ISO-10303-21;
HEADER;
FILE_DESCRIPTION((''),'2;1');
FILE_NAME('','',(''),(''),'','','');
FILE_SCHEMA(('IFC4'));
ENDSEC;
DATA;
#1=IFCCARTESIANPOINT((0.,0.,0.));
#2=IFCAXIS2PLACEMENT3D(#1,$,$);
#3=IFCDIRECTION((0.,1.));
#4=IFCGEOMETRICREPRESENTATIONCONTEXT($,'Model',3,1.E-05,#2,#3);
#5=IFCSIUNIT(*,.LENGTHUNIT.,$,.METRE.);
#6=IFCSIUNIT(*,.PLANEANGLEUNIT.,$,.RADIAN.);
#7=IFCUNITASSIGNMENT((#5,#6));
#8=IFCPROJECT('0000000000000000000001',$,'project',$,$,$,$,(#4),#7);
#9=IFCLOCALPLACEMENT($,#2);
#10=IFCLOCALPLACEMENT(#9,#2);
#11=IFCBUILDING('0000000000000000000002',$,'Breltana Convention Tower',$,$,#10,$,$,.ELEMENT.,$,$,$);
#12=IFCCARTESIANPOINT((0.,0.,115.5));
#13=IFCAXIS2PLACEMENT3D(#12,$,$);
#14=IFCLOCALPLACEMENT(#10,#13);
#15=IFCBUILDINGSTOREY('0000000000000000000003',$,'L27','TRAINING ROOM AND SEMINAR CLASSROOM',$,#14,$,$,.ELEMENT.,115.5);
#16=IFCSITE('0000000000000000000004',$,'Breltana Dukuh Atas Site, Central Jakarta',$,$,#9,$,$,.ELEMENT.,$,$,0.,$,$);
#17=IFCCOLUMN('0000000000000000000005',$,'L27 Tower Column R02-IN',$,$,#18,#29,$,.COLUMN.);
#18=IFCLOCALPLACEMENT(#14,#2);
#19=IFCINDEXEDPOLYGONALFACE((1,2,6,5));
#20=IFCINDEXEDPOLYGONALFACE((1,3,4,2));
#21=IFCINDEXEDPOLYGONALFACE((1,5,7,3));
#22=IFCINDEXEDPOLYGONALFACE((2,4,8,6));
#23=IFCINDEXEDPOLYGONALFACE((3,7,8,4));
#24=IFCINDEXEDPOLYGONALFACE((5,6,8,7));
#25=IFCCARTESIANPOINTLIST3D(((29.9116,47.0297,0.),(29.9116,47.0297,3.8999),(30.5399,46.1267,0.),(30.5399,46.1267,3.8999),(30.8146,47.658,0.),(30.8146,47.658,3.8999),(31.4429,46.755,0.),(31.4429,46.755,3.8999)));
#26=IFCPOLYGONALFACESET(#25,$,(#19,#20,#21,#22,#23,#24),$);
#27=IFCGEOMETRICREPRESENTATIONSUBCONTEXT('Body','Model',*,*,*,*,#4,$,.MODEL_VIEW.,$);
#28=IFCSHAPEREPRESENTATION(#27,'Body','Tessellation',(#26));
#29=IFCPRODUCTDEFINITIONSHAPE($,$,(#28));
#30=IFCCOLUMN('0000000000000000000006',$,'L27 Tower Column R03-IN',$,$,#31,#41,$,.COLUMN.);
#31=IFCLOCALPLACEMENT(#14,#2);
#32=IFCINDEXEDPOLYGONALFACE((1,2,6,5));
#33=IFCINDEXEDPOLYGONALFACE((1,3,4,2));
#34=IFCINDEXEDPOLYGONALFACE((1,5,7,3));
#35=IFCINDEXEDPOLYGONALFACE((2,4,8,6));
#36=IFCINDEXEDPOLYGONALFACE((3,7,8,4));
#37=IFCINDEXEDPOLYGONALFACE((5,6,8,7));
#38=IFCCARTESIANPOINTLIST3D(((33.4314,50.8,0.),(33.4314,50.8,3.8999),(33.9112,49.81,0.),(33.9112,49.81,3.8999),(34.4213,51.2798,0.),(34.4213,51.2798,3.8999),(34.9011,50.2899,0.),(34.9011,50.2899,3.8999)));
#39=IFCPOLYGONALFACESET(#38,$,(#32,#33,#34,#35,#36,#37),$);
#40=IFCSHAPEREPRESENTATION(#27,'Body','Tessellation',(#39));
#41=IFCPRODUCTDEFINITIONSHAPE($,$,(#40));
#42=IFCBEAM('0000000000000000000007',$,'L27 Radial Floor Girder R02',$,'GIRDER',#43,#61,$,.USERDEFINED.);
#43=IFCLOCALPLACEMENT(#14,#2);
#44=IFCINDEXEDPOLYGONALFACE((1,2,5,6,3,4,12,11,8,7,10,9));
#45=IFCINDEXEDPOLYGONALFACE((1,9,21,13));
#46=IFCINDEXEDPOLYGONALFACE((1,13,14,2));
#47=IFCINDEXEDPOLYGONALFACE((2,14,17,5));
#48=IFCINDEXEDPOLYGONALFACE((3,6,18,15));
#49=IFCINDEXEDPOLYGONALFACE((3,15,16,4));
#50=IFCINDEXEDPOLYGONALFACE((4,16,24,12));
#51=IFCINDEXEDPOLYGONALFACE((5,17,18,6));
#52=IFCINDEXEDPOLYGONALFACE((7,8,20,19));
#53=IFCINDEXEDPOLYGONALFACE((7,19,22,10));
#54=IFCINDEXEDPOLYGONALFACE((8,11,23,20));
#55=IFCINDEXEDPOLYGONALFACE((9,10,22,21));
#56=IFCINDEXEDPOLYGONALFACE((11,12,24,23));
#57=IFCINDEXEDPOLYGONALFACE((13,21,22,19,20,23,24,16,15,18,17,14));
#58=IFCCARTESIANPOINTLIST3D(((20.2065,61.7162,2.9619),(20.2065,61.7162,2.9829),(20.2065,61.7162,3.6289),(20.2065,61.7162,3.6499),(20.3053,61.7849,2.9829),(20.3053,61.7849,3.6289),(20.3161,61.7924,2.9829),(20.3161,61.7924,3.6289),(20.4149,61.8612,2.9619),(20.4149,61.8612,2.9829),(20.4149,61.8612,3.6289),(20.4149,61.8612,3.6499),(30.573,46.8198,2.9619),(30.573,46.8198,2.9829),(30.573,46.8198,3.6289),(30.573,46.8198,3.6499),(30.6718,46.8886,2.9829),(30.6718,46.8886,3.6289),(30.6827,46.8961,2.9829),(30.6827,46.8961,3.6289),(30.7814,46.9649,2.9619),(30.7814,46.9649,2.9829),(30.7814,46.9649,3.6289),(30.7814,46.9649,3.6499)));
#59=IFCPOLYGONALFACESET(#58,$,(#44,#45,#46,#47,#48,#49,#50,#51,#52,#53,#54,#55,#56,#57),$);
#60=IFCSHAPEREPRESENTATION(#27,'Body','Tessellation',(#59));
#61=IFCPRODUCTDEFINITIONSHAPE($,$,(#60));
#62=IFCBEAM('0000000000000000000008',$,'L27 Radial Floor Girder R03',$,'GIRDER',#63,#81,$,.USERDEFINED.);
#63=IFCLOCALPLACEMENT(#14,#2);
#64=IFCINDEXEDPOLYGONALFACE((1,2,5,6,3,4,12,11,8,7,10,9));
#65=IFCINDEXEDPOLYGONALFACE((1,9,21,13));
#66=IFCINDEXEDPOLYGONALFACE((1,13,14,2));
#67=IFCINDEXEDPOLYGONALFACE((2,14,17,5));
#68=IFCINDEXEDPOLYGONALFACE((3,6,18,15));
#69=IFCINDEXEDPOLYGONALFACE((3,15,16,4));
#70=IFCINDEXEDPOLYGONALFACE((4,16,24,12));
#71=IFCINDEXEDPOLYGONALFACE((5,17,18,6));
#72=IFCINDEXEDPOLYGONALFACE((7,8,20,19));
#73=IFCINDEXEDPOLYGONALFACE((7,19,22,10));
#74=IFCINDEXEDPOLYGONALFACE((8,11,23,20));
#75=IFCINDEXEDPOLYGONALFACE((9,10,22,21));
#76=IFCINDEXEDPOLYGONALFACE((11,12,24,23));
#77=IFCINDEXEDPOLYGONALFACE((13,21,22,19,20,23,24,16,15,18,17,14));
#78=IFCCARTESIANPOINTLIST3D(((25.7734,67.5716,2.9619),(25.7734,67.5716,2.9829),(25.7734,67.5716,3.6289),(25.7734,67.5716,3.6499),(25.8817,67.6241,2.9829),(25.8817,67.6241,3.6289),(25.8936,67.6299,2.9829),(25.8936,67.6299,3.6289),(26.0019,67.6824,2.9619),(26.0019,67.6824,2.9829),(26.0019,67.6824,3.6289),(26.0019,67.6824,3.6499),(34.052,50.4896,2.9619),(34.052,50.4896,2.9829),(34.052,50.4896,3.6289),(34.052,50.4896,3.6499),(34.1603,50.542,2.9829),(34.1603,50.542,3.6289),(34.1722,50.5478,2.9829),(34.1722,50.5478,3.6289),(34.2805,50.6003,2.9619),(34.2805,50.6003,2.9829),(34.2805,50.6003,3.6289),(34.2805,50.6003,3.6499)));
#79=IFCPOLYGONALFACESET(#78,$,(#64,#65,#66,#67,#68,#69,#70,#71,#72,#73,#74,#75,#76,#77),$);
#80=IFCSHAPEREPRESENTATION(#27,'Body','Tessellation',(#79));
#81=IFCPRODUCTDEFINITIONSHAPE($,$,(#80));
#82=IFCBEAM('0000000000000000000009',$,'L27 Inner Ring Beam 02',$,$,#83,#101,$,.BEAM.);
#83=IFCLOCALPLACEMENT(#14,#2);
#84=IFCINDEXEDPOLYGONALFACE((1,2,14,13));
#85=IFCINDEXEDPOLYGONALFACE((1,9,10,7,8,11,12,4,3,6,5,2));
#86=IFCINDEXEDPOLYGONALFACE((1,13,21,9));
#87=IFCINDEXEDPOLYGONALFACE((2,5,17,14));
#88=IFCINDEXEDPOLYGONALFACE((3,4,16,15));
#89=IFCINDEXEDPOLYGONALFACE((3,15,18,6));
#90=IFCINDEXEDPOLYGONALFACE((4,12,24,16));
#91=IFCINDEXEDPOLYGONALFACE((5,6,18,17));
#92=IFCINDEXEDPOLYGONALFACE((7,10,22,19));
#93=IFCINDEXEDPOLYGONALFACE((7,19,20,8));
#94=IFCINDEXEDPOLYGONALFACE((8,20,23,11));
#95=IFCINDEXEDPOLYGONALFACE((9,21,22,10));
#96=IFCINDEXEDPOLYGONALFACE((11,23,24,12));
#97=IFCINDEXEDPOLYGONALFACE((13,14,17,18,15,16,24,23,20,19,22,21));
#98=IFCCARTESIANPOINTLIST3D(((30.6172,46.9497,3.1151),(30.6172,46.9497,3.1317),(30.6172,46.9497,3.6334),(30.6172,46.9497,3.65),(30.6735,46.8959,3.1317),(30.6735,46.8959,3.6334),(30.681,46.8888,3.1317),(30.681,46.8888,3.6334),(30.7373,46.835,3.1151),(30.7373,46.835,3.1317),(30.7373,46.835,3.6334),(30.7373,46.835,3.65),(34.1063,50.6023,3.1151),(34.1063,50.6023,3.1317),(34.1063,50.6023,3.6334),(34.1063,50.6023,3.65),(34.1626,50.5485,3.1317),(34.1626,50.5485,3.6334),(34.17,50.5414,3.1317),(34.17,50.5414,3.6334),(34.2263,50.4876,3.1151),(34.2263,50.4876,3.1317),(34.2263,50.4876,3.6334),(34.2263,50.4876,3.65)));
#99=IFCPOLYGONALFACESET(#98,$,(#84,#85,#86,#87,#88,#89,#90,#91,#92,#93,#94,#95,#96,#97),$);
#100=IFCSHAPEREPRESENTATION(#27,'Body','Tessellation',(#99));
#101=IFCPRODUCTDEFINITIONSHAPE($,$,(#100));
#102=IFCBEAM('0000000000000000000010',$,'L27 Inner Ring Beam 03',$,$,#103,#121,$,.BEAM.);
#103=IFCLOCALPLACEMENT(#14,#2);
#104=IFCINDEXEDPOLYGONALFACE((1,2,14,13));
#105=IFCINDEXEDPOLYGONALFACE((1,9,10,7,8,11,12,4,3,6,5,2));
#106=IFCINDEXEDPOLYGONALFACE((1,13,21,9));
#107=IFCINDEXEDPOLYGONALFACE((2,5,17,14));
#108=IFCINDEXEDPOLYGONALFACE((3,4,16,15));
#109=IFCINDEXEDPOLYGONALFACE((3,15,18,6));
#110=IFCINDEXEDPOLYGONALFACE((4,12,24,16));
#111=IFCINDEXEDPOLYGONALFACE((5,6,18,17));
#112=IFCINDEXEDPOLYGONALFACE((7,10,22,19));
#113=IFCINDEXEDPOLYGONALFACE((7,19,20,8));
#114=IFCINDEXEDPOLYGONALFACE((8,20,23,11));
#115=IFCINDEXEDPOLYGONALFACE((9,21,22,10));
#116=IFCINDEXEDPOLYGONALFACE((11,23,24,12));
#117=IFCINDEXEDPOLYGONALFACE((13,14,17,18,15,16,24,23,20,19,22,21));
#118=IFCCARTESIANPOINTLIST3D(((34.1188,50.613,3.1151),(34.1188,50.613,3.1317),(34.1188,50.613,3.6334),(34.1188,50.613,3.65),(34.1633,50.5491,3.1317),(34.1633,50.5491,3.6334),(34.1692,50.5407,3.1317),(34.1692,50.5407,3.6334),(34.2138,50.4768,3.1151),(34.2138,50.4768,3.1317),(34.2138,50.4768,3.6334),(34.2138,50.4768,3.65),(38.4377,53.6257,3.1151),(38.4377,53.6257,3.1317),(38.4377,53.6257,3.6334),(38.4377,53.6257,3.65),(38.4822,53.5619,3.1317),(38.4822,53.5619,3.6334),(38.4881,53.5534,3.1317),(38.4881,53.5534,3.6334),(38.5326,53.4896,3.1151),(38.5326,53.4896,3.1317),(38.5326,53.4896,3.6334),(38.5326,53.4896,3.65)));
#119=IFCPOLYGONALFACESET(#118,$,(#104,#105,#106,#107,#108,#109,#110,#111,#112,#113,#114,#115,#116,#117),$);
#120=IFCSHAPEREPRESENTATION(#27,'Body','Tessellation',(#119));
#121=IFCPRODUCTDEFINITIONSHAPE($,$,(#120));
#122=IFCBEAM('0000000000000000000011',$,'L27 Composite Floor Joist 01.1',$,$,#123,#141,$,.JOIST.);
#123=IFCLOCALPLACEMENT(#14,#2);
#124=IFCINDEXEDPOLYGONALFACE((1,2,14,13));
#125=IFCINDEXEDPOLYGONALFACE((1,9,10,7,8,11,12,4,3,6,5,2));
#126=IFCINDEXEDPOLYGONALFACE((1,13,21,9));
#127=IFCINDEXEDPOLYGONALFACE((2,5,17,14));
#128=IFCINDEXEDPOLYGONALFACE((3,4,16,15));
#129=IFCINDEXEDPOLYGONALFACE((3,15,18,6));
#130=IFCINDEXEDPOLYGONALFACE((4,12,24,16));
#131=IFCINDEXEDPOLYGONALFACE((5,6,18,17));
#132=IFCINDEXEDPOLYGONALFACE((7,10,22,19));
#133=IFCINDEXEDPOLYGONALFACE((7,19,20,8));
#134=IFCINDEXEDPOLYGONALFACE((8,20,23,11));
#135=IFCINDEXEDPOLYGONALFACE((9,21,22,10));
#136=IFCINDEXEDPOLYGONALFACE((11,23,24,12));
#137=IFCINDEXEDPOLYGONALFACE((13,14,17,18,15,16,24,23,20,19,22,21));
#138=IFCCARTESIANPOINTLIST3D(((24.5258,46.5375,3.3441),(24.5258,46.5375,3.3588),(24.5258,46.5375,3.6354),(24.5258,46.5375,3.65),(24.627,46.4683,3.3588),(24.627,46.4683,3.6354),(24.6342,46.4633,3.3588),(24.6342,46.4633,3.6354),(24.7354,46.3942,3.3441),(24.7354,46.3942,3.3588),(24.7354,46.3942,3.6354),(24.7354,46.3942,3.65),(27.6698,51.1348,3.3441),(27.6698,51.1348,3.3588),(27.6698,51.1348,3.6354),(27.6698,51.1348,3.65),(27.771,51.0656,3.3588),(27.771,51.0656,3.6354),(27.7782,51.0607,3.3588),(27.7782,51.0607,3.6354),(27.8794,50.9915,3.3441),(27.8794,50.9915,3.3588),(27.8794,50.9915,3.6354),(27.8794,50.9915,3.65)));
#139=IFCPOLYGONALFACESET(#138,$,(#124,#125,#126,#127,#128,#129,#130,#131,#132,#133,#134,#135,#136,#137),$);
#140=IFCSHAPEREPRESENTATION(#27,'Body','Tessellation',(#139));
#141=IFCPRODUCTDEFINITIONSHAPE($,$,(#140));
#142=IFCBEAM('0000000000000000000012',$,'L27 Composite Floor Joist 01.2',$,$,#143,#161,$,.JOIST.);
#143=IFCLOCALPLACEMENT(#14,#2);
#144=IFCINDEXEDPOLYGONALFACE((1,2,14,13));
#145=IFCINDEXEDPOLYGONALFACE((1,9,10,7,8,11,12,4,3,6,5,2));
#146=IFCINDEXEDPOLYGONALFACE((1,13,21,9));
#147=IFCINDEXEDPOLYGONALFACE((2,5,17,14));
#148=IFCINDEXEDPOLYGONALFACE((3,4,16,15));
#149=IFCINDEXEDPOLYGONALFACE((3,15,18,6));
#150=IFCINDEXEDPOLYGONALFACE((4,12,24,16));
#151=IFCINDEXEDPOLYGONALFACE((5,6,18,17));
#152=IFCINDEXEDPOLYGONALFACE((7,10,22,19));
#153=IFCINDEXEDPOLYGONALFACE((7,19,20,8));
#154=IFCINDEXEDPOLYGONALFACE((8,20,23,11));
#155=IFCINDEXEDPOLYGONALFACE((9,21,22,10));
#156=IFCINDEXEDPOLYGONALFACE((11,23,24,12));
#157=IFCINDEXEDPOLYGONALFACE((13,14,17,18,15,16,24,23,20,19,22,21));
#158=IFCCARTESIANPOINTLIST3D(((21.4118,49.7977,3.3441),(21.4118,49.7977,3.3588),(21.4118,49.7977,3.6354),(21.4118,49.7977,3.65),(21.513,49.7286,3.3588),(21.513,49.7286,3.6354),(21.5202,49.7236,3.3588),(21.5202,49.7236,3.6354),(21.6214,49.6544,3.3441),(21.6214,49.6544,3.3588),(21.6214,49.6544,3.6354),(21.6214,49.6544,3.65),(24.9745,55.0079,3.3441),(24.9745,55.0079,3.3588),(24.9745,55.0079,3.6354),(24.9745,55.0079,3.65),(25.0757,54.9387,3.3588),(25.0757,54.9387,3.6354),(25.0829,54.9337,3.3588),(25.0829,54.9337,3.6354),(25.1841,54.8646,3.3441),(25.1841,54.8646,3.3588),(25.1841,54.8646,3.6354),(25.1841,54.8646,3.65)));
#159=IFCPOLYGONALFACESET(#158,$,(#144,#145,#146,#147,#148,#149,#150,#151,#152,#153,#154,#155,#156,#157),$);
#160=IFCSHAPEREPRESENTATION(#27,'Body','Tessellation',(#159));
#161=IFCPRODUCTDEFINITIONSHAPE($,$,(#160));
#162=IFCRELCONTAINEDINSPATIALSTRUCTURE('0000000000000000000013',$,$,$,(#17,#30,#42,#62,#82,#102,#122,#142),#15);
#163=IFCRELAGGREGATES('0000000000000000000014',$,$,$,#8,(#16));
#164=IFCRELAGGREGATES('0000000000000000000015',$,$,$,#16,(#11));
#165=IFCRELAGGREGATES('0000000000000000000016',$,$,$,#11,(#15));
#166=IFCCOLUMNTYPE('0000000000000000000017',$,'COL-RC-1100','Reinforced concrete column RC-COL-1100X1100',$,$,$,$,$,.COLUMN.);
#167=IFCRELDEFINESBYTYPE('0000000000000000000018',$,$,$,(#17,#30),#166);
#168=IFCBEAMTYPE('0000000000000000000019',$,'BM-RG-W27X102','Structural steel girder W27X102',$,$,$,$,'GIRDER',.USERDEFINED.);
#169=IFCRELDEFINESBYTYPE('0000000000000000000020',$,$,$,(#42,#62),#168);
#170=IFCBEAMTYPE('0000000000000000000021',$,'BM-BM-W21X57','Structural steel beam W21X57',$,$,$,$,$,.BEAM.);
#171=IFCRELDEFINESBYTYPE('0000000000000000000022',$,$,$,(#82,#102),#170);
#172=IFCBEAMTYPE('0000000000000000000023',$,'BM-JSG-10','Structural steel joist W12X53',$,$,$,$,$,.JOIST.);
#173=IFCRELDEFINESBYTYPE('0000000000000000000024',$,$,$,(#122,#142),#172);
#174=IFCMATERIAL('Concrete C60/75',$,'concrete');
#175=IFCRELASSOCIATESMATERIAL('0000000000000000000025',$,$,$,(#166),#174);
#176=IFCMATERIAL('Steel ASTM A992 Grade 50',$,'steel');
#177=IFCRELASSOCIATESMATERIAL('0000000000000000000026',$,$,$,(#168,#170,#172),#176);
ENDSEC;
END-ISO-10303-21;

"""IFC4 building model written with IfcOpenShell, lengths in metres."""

from ifc_helpers import new_model, si_unit, direction, frame, origin, origin_2d, place, context, subcontext, project, spatial, rectangle, i_section, extrude, source, transform, mapped, material, material_profile, profile_set, type_object, element, save


model = new_model("IFC4")

# Units and contexts
model_context = context("Model", 3, precision=1e-05, world=origin(), true_north=direction((0.0, 1.0)))
body_context = subcontext(model_context, "Body", "Model", "MODEL_VIEW")
ifc_project = project(units=[si_unit("LENGTHUNIT", "METRE"), si_unit("PLANEANGLEUNIT", "RADIAN")], contexts=[model_context])

# Site, building, storey
site_placement = place(None, origin())
site = spatial("IfcSite", under=ifc_project, at=site_placement, Name="Breltana Dukuh Atas Site, Central Jakarta", CompositionType="ELEMENT", RefElevation=0.0)
building_placement = place(site_placement, origin())
building = spatial("IfcBuilding", under=site, at=building_placement, Name="Breltana Convention Tower", CompositionType="ELEMENT")
storey_placement = place(building_placement, frame((0.0, 0.0, 115.5)))
storey = spatial("IfcBuildingStorey", under=building, at=storey_placement, Name="L27", Description="TRAINING ROOM AND SEMINAR CLASSROOM", CompositionType="ELEMENT", Elevation=115.5)

# Columns
ifc_material_1 = material(Name="Concrete C60/75", Category="concrete")
ifc_material_profile_1 = material_profile(ifc_material_1, rectangle(XDim=1.1001, YDim=1.1001, at=origin_2d()), Name="RC-COL-1100X1100")
ifc_profile_set_1 = profile_set([ifc_material_profile_1], Name="Concrete C60/75")
column_type = type_object("IfcColumnType", Name="COL-RC-1100", Description="Reinforced concrete column RC-COL-1100X1100", PredefinedType="COLUMN", material=ifc_profile_set_1)
shared_shape_1 = source(origin(), body_context, "Body", "SweptSolid", [
    extrude(rectangle(XDim=1.1001, YDim=1.1001, at=origin_2d()), origin(), (0.0, 0.0, 1.0), 3.8999),
])
for number, where, z_axis, x_axis, name in (
    (1, (30.6772, 46.8923, 0.0), (0.0, 0.0, 1.0), (-0.571143, 0.82085, 0.0), "L27 Tower Column R02-IN"),
    (2, (34.1663, 50.5449, 0.0), (0.0, 0.0, 1.0), (-0.436174, 0.899863, 0.0), "L27 Tower Column R03-IN"),
):
    element("IfcColumn", number, at=place(storey_placement, frame(where, z_axis=z_axis, x_axis=x_axis)), inside=storey, type_object=column_type, Name=name, PredefinedType="COLUMN", context=body_context, shape_type="MappedRepresentation", body=[
        mapped(shared_shape_1, transform((0.0, 0.0, 0.0), scale=1.0)),
    ])

# Beams
ifc_material_2 = material(Name="Steel ASTM A992 Grade 50", Category="steel")
ifc_material_profile_2 = material_profile(ifc_material_2, i_section(OverallWidth=0.2539, OverallDepth=0.688, WebThickness=0.0132, FlangeThickness=0.021, at=origin_2d()), Name="W27X102")
ifc_profile_set_2 = profile_set([ifc_material_profile_2], Name="Steel ASTM A992 Grade 50")
beam_type_1 = type_object("IfcBeamType", Name="BM-RG-W27X102", Description="Structural steel girder W27X102", ElementType="GIRDER", PredefinedType="USERDEFINED", material=ifc_profile_set_2)
shared_shape_2 = source(origin(), body_context, "Body", "SweptSolid", [
    extrude(i_section(OverallWidth=0.2539, OverallDepth=0.688, WebThickness=0.0132, FlangeThickness=0.021, at=origin_2d()), origin(), (0.0, 0.0, 1.0), 18.1484),
])
beam_1_placement = place(storey_placement, frame((30.6772, 46.8923, 3.3059), z_axis=(-0.571208, 0.820806, 0.0), x_axis=(-0.820806, -0.571208, 0.0)))
element("IfcBeam", 3, at=beam_1_placement, inside=storey, type_object=beam_type_1, Name="L27 Radial Floor Girder R02", ObjectType="GIRDER", PredefinedType="USERDEFINED", context=body_context, shape_type="MappedRepresentation", body=[
    mapped(shared_shape_2, transform((0.0, 0.0, 0.0), scale=1.0)),
])
shared_shape_3 = source(origin(), body_context, "Body", "SweptSolid", [
    extrude(i_section(OverallWidth=0.2539, OverallDepth=0.688, WebThickness=0.0132, FlangeThickness=0.021, at=origin_2d()), origin(), (0.0, 0.0, 1.0), 18.9824),
])
beam_2_placement = place(storey_placement, frame((34.1663, 50.5449, 3.3059), z_axis=(-0.436119, 0.899889, 0.0), x_axis=(-0.899889, -0.436119, 0.0)))
element("IfcBeam", 4, at=beam_2_placement, inside=storey, type_object=beam_type_1, Name="L27 Radial Floor Girder R03", ObjectType="GIRDER", PredefinedType="USERDEFINED", context=body_context, shape_type="MappedRepresentation", body=[
    mapped(shared_shape_3, transform((0.0, 0.0, 0.0), scale=1.0)),
])
ifc_material_profile_3 = material_profile(ifc_material_2, i_section(OverallWidth=0.166, OverallDepth=0.5349, WebThickness=0.0103, FlangeThickness=0.0166, at=origin_2d()), Name="W21X57")
ifc_profile_set_3 = profile_set([ifc_material_profile_3], Name="Steel ASTM A992 Grade 50")
beam_type_2 = type_object("IfcBeamType", Name="BM-BM-W21X57", Description="Structural steel beam W21X57", PredefinedType="BEAM", material=ifc_profile_set_3)
shared_shape_4 = source(origin(), body_context, "Body", "SweptSolid", [
    extrude(i_section(OverallWidth=0.166, OverallDepth=0.5349, WebThickness=0.0103, FlangeThickness=0.0166, at=origin_2d()), origin(), (0.0, 0.0, 1.0), 5.0513),
])
beam_3_placement = place(storey_placement, frame((30.6772, 46.8923, 3.3826), z_axis=(0.69073, 0.723113, 0.0), x_axis=(-0.723113, 0.69073, 0.0)))
element("IfcBeam", 5, at=beam_3_placement, inside=storey, type_object=beam_type_2, Name="L27 Inner Ring Beam 02", PredefinedType="BEAM", context=body_context, shape_type="MappedRepresentation", body=[
    mapped(shared_shape_4, transform((0.0, 0.0, 0.0), scale=1.0)),
])
shared_shape_5 = source(origin(), body_context, "Body", "SweptSolid", [
    extrude(i_section(OverallWidth=0.166, OverallDepth=0.5349, WebThickness=0.0103, FlangeThickness=0.0166, at=origin_2d()), origin(), (0.0, 0.0, 1.0), 5.2659),
])
beam_4_placement = place(storey_placement, frame((34.1663, 50.5449, 3.3826), z_axis=(0.820167, 0.572124, 0.0), x_axis=(-0.572124, 0.820167, 0.0)))
element("IfcBeam", 6, at=beam_4_placement, inside=storey, type_object=beam_type_2, Name="L27 Inner Ring Beam 03", PredefinedType="BEAM", context=body_context, shape_type="MappedRepresentation", body=[
    mapped(shared_shape_5, transform((0.0, 0.0, 0.0), scale=1.0)),
])
ifc_material_profile_4 = material_profile(ifc_material_2, i_section(OverallWidth=0.2539, OverallDepth=0.3059, WebThickness=0.0088, FlangeThickness=0.0146, at=origin_2d()), Name="W12X53")
ifc_profile_set_4 = profile_set([ifc_material_profile_4], Name="Steel ASTM A992 Grade 50")
beam_type_3 = type_object("IfcBeamType", Name="BM-JSG-10", Description="Structural steel joist W12X53", PredefinedType="JOIST", material=ifc_profile_set_4)
shared_shape_6 = source(origin(), body_context, "Body", "SweptSolid", [
    extrude(i_section(OverallWidth=0.2539, OverallDepth=0.3059, WebThickness=0.0088, FlangeThickness=0.0146, at=origin_2d()), origin(), (0.0, 0.0, 1.0), 5.5696),
])
beam_5_placement = place(storey_placement, frame((24.6306, 46.4658, 3.4971), z_axis=(0.564494, 0.825437, 0.0), x_axis=(-0.825437, 0.564494, 0.0)))
element("IfcBeam", 7, at=beam_5_placement, inside=storey, type_object=beam_type_3, Name="L27 Composite Floor Joist 01.1", PredefinedType="JOIST", context=body_context, shape_type="MappedRepresentation", body=[
    mapped(shared_shape_6, transform((0.0, 0.0, 0.0), scale=1.0)),
])
shared_shape_7 = source(origin(), body_context, "Body", "SweptSolid", [
    extrude(i_section(OverallWidth=0.2539, OverallDepth=0.3059, WebThickness=0.0088, FlangeThickness=0.0146, at=origin_2d()), origin(), (0.0, 0.0, 1.0), 6.3118),
])
beam_6_placement = place(storey_placement, frame((21.5166, 49.7261, 3.4971), z_axis=(0.564454, 0.825465, 0.0), x_axis=(-0.825465, 0.564454, 0.0)))
element("IfcBeam", 8, at=beam_6_placement, inside=storey, type_object=beam_type_3, Name="L27 Composite Floor Joist 01.2", PredefinedType="JOIST", context=body_context, shape_type="MappedRepresentation", body=[
    mapped(shared_shape_7, transform((0.0, 0.0, 0.0), scale=1.0)),
])

save(model, "model.ifc")
